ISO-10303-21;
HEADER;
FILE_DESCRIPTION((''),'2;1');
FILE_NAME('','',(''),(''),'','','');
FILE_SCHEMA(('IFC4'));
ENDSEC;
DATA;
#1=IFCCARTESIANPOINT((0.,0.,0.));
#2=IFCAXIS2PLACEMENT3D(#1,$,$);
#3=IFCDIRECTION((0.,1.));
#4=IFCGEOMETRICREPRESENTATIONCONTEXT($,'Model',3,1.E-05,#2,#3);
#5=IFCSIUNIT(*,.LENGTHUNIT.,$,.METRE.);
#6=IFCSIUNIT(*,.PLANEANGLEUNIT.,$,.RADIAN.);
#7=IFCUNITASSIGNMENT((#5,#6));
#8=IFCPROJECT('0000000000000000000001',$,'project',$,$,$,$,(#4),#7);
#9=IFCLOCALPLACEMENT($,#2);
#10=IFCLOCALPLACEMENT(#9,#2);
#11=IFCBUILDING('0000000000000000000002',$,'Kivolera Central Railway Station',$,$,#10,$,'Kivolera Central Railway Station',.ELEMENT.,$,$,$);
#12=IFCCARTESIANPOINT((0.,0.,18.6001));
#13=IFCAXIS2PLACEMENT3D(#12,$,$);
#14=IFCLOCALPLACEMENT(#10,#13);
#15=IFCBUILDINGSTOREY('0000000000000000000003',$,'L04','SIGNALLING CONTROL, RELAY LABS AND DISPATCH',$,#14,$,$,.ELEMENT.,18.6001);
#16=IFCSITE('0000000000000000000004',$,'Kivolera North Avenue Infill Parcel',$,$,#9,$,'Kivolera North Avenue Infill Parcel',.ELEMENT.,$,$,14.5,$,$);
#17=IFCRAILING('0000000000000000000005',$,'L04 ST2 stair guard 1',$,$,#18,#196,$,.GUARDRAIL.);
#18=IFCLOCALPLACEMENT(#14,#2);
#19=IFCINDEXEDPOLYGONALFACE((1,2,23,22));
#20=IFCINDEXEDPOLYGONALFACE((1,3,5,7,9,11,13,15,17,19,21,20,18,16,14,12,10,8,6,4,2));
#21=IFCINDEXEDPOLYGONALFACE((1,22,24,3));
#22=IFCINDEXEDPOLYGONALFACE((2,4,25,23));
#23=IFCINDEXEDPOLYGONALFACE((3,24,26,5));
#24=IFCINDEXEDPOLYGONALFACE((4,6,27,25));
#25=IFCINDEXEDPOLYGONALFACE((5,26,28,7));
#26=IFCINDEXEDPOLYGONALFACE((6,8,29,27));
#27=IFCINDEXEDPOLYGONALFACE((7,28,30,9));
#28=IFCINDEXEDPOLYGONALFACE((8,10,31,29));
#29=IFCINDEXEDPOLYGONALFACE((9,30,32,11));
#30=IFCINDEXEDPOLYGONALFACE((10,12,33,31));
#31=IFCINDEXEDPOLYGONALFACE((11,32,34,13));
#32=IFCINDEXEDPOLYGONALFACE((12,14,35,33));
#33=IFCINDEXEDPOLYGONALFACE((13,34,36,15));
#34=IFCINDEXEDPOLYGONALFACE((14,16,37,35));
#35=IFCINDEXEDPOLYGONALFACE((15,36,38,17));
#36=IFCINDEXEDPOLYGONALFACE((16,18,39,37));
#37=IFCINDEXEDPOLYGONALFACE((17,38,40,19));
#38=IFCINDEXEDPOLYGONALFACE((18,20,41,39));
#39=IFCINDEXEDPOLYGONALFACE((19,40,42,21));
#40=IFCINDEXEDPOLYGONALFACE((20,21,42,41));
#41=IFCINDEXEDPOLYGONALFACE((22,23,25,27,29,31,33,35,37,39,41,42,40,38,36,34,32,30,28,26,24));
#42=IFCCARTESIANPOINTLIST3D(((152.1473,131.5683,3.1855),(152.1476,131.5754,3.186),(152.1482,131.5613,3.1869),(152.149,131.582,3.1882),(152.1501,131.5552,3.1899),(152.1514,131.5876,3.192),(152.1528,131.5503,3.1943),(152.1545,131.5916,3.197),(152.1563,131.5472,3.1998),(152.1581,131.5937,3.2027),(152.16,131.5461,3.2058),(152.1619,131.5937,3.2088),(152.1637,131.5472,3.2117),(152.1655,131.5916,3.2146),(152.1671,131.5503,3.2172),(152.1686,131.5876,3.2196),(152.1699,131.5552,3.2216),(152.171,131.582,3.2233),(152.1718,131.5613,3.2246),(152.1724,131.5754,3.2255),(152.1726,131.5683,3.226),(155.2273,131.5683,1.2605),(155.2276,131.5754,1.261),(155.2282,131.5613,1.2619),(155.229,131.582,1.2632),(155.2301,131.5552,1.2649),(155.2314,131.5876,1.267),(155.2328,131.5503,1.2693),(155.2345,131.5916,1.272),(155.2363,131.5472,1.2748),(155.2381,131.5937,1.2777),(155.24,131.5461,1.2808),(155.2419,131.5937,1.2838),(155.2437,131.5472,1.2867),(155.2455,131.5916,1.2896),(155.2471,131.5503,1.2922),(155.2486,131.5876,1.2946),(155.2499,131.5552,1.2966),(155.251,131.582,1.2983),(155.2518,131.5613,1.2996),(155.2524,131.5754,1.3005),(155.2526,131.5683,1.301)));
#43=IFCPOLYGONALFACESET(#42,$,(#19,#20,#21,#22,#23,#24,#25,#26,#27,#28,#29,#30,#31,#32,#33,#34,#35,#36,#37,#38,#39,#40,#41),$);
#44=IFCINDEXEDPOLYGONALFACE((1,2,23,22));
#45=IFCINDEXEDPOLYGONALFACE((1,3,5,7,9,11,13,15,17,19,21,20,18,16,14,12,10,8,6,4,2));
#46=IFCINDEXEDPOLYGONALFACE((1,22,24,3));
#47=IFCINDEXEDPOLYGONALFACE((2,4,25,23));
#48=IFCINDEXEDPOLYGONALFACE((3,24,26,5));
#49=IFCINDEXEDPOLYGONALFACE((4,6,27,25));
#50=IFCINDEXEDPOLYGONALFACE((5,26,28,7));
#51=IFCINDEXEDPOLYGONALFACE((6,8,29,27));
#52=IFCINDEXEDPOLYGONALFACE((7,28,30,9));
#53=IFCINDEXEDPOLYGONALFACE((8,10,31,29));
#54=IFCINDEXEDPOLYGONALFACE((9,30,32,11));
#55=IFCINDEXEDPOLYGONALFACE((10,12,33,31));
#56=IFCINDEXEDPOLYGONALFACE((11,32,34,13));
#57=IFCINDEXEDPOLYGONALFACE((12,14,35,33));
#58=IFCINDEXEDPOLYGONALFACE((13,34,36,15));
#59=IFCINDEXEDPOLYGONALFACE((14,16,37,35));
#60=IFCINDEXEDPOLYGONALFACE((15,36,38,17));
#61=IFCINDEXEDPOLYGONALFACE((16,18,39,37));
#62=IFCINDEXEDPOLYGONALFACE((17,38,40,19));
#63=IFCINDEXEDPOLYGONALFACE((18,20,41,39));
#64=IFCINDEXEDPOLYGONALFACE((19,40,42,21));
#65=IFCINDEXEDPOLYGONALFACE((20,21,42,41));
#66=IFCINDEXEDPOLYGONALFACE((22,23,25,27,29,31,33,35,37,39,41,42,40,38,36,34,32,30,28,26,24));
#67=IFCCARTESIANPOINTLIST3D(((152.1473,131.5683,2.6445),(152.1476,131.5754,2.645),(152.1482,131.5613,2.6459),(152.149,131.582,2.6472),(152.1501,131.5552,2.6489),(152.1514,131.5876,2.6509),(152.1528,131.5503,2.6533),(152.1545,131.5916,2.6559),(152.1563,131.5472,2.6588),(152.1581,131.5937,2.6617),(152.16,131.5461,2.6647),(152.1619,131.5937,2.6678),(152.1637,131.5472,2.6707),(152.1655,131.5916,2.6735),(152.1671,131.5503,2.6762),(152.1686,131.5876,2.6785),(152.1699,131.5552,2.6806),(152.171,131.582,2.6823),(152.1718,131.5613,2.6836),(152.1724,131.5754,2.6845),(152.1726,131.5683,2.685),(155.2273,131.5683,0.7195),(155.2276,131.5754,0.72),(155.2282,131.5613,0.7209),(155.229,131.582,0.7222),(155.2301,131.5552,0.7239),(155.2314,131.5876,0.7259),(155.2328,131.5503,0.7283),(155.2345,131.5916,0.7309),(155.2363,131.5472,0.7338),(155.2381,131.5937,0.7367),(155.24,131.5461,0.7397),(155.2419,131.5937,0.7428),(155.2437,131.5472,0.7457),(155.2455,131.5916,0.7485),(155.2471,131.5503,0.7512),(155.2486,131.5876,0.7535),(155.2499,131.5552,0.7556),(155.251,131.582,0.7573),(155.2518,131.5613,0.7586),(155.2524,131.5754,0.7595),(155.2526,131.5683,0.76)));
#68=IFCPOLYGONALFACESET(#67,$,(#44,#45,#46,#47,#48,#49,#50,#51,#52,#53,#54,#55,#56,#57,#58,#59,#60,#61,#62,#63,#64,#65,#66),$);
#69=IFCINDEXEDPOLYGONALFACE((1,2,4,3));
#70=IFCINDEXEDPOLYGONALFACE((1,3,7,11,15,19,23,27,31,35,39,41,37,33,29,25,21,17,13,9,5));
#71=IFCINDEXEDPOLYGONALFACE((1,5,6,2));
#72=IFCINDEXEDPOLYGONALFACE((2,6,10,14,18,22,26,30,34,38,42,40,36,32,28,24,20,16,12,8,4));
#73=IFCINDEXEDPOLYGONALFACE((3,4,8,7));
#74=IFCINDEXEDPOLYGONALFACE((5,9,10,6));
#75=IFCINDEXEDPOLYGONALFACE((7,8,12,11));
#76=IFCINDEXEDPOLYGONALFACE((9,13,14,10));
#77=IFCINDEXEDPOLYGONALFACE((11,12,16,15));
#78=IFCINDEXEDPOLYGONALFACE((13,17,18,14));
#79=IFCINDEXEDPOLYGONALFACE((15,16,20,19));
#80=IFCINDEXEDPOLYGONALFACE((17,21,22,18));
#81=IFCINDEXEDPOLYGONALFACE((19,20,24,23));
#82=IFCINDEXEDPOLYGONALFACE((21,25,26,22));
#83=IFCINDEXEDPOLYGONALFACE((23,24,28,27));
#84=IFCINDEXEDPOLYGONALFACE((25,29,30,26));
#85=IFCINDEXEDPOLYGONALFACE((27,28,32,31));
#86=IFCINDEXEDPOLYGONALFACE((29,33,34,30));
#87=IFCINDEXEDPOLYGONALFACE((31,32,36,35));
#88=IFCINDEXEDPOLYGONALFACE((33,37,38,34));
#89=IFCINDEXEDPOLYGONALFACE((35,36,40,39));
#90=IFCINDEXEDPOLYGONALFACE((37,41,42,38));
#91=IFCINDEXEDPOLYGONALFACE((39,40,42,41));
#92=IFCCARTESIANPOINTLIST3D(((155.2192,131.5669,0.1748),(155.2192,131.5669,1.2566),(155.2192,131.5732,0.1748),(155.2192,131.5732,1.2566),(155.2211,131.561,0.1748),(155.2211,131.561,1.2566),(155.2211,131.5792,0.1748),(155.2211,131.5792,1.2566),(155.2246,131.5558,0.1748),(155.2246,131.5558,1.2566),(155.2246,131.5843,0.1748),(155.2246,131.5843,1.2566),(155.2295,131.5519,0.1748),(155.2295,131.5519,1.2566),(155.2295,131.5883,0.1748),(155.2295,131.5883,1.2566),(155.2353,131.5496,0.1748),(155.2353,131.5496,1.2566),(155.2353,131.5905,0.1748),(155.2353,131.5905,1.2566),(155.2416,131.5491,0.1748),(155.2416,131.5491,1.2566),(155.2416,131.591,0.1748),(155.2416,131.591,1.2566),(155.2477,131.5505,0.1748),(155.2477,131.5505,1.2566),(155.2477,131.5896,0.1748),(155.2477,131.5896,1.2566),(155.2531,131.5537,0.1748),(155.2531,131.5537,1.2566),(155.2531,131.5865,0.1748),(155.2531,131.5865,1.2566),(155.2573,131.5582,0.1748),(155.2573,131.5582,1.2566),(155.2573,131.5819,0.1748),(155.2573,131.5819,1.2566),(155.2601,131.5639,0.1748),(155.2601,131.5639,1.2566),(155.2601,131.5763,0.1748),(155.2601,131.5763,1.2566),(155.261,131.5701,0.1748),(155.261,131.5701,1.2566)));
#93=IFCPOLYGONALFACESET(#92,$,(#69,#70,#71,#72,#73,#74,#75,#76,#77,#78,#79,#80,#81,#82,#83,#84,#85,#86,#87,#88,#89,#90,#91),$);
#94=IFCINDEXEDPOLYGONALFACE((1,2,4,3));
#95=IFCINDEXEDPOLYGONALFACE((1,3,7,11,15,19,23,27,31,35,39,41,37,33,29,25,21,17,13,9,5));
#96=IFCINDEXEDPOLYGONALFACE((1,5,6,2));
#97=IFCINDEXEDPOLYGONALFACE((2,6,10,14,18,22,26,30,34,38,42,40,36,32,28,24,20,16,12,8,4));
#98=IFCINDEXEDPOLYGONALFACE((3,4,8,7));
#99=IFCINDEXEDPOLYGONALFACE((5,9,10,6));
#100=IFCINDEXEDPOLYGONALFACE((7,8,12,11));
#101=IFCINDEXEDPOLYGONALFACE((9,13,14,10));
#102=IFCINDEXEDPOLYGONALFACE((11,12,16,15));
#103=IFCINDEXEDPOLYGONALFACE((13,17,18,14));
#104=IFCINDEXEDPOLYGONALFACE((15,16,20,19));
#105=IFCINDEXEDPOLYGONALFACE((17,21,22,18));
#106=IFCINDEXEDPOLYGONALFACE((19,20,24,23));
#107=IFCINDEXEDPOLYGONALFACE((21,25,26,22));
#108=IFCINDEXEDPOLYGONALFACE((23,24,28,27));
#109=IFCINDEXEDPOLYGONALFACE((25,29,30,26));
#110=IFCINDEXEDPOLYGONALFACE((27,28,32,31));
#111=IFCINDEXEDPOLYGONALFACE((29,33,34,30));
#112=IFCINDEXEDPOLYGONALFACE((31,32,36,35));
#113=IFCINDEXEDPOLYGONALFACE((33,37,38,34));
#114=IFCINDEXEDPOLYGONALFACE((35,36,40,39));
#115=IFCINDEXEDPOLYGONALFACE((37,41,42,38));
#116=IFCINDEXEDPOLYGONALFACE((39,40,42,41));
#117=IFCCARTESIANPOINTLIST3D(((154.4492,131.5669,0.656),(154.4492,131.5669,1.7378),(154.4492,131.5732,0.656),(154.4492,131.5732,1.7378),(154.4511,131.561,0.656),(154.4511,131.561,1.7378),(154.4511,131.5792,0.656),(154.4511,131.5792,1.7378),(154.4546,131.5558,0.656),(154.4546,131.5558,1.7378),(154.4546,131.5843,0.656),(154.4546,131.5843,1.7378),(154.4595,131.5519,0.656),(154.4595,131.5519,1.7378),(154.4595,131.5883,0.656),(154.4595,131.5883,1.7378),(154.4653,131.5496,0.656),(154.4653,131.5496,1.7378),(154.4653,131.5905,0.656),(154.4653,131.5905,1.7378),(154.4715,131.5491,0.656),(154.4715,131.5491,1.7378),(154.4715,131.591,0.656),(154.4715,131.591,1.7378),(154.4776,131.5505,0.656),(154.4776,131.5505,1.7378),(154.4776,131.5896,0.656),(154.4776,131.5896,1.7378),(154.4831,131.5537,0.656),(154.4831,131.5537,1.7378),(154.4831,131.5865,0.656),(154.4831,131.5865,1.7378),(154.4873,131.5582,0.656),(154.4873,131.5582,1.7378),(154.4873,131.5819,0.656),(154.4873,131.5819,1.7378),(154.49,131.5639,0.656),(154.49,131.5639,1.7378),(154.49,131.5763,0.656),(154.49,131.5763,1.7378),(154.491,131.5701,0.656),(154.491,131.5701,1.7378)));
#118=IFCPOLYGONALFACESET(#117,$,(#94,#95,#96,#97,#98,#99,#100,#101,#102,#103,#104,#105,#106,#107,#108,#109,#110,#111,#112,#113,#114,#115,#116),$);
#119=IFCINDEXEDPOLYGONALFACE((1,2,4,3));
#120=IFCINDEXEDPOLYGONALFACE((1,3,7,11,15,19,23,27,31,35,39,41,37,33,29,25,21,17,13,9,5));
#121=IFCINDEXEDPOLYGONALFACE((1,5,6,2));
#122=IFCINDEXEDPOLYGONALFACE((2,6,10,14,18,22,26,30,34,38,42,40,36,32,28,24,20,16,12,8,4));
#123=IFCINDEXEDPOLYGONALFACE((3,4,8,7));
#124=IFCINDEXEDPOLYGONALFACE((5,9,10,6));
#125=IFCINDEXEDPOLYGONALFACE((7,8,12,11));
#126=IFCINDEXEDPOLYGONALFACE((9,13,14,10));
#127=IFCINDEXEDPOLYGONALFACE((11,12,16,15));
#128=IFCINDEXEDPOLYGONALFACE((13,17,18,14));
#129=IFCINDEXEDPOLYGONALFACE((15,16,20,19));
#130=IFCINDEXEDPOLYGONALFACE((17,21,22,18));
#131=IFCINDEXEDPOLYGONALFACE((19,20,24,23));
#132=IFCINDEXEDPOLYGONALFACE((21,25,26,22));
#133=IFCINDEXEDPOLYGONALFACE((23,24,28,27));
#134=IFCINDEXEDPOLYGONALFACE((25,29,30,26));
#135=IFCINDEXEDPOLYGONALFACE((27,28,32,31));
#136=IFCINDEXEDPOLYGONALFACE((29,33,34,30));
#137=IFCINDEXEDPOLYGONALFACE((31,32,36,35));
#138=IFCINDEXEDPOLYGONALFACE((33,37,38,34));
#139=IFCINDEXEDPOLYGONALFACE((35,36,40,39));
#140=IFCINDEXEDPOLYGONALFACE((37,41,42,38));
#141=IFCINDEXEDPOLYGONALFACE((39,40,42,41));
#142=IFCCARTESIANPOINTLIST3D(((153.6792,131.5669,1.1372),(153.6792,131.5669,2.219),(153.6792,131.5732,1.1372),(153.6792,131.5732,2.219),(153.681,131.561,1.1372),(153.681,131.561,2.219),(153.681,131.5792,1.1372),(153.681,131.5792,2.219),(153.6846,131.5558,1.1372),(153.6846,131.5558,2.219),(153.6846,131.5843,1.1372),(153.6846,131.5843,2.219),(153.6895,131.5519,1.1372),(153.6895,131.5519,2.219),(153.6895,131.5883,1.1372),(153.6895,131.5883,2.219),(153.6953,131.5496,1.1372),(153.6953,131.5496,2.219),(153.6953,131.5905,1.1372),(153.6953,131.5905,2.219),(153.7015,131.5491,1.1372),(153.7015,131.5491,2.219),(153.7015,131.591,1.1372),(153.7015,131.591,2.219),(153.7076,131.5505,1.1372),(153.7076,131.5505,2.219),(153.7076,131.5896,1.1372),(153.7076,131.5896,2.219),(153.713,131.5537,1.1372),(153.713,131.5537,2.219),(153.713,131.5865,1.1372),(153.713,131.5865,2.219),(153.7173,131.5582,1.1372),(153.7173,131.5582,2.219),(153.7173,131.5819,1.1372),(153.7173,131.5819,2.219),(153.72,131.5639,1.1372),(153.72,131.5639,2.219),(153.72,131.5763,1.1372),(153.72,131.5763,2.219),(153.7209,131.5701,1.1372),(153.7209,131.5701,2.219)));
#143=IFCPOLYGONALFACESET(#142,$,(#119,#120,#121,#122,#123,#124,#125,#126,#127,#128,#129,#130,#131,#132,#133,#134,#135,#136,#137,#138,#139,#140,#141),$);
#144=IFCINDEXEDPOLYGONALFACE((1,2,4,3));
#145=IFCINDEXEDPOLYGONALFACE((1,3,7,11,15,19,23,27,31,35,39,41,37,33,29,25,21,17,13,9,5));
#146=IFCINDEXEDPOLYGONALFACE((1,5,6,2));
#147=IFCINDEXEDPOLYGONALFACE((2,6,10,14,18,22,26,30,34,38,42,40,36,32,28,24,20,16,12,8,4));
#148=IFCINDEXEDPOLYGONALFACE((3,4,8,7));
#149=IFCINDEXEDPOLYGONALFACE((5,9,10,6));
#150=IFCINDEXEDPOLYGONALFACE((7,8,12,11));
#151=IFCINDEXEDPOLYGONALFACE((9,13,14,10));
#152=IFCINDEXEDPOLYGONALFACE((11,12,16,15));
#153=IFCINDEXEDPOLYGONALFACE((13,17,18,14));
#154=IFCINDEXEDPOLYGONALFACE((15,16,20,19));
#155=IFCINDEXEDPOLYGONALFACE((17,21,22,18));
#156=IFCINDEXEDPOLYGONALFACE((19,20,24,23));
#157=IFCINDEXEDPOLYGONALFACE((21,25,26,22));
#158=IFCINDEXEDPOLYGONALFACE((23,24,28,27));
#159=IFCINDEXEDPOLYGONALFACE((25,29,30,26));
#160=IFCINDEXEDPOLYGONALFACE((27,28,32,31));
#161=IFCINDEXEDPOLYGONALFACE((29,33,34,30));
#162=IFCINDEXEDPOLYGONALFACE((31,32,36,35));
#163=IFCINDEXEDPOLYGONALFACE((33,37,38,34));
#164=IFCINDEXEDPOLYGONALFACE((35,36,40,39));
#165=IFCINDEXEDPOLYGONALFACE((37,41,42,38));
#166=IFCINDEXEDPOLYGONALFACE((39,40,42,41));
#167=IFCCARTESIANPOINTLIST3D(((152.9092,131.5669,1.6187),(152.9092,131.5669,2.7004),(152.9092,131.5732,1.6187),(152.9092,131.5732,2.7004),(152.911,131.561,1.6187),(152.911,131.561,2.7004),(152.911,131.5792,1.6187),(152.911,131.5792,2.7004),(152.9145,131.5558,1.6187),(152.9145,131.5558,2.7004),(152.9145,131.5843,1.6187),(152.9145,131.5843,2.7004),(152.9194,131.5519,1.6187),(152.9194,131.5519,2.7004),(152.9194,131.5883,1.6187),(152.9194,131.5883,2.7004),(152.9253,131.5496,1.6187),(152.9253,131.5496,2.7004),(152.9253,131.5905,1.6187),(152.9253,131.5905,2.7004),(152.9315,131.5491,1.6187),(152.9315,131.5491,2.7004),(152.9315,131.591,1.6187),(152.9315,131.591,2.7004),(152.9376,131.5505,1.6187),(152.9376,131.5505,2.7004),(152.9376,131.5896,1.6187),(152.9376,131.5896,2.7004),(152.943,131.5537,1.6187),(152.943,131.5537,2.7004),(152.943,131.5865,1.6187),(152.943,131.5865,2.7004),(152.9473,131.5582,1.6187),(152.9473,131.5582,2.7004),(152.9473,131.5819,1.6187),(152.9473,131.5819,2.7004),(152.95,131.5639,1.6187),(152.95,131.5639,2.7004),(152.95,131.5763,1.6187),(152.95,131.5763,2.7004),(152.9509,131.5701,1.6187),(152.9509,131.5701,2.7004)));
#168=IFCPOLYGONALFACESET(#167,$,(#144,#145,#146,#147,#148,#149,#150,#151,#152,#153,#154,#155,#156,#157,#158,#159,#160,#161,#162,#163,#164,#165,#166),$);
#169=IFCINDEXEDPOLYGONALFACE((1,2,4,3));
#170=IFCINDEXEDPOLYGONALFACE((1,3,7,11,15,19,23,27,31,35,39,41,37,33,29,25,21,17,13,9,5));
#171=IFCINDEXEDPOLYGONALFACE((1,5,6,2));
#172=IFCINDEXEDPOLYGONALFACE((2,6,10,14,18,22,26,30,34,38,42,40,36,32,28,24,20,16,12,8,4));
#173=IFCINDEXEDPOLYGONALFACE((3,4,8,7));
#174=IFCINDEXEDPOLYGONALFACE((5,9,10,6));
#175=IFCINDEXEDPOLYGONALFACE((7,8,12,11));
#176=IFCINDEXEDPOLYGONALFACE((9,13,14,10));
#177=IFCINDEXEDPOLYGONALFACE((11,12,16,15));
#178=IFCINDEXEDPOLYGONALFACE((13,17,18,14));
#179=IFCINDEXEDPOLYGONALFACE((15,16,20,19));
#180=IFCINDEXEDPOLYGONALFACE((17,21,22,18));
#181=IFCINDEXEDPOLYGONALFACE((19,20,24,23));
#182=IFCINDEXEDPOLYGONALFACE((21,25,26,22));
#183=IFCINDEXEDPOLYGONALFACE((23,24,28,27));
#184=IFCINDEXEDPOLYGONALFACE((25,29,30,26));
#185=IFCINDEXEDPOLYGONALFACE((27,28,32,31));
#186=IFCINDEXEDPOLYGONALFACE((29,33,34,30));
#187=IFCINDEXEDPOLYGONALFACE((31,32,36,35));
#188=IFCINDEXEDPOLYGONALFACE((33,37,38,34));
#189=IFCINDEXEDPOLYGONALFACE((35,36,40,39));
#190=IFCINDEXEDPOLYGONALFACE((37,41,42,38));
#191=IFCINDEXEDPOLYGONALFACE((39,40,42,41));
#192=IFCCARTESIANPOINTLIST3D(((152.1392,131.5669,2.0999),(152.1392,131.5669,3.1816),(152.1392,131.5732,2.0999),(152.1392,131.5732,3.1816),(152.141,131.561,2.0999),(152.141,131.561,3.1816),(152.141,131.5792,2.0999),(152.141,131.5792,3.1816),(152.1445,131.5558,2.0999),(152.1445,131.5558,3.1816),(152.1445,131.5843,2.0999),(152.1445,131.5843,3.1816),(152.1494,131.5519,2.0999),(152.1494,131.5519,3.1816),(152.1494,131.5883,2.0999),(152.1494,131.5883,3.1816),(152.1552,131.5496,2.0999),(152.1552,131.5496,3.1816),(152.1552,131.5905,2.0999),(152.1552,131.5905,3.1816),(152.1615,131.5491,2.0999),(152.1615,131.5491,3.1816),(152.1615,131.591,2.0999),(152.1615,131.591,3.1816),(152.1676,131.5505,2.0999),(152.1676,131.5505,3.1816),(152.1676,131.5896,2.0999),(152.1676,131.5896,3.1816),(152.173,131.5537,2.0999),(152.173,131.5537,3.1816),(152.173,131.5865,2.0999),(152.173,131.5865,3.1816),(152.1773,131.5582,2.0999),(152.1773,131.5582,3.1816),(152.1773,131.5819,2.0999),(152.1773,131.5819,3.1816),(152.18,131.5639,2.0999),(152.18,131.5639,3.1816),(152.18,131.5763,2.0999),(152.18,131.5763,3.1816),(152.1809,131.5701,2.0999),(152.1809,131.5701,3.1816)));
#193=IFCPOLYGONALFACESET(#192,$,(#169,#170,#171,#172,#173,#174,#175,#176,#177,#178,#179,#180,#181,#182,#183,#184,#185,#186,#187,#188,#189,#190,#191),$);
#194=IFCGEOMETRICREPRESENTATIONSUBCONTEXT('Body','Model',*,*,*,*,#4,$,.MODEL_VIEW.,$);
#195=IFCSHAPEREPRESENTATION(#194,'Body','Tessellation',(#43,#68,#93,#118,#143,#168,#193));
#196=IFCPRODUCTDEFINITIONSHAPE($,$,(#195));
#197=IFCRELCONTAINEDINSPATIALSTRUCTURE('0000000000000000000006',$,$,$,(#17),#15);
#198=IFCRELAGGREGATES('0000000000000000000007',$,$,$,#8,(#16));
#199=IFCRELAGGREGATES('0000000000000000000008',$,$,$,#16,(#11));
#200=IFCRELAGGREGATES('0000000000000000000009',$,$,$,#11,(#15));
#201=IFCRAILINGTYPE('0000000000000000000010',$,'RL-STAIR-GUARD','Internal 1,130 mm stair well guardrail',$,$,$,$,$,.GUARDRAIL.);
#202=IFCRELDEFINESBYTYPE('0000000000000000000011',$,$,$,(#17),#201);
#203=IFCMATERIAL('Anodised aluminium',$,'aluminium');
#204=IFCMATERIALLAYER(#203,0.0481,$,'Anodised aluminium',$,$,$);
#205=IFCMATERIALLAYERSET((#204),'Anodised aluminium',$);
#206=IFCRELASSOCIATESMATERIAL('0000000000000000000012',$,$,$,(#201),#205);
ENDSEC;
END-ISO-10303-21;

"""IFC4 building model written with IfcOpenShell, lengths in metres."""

from ifc_helpers import new_model, si_unit, direction, frame, origin, origin_2d, place, context, subcontext, project, spatial, circle, extrude, material, layer, layer_set, type_object, element, save


model = new_model("IFC4")

# Units and contexts
model_context = context("Model", 3, precision=1e-05, world=origin(), true_north=direction((0.0, 1.0)))
body_context = subcontext(model_context, "Body", "Model", "MODEL_VIEW")
ifc_project = project(units=[si_unit("LENGTHUNIT", "METRE"), si_unit("PLANEANGLEUNIT", "RADIAN")], contexts=[model_context])

# Site, building, storey
site_placement = place(None, origin())
site = spatial("IfcSite", under=ifc_project, at=site_placement, Name="Kivolera North Avenue Infill Parcel", LongName="Kivolera North Avenue Infill Parcel", CompositionType="ELEMENT", RefElevation=14.5)
building_placement = place(site_placement, origin())
building = spatial("IfcBuilding", under=site, at=building_placement, Name="Kivolera Central Railway Station", LongName="Kivolera Central Railway Station", CompositionType="ELEMENT")
storey_placement = place(building_placement, frame((0.0, 0.0, 18.6001)))
storey = spatial("IfcBuildingStorey", under=building, at=storey_placement, Name="L04", Description="SIGNALLING CONTROL, RELAY LABS AND DISPATCH", CompositionType="ELEMENT", Elevation=18.6001)

# Shared definitions
ifc_material_1 = material(Name="Anodised aluminium", Category="aluminium")

# Railing
ifc_layer_1 = layer(ifc_material_1, 0.0481, Name="Anodised aluminium")
ifc_layer_set_1 = layer_set([ifc_layer_1], Name="Anodised aluminium")
railing_type_1 = type_object("IfcRailingType", Name="RL-STAIR-GUARD", Description="Internal 1,130 mm stair well guardrail", PredefinedType="GUARDRAIL", material=ifc_layer_set_1)
railing_1_placement = place(storey_placement, frame((155.24, 131.5701, 0.1748)))
element("IfcRailing", 1, at=railing_1_placement, inside=storey, type_object=railing_type_1, Name="L04 ST2 stair guard 1", PredefinedType="GUARDRAIL", context=body_context, shape_type="SweptSolid", body=[
    extrude(circle(Radius=0.0239, at=origin_2d()), frame((0.0, 0.0, 1.106), z_axis=(-0.847998, 0.0, 0.529999), x_axis=(0.0, -1.0, 0.0)), (0.0, 0.0, 1.0), 3.6321),
    extrude(circle(Radius=0.0239, at=origin_2d()), frame((0.0, 0.0, 0.5649), z_axis=(-0.847998, 0.0, 0.529999), x_axis=(0.0, -1.0, 0.0)), (0.0, 0.0, 1.0), 3.6321),
    extrude(circle(Radius=0.021, at=origin_2d()), origin(), (0.0, 0.0, 1.0), 1.0818),
    extrude(circle(Radius=0.021, at=origin_2d()), frame((-0.77, 0.0, 0.4812)), (0.0, 0.0, 1.0), 1.0818),
    extrude(circle(Radius=0.021, at=origin_2d()), frame((-1.54, 0.0, 0.9624)), (0.0, 0.0, 1.0), 1.0818),
    extrude(circle(Radius=0.021, at=origin_2d()), frame((-2.3101, 0.0, 1.4438)), (0.0, 0.0, 1.0), 1.0818),
    extrude(circle(Radius=0.021, at=origin_2d()), frame((-3.0801, 0.0, 1.925)), (0.0, 0.0, 1.0), 1.0818),
])

save(model, "model.ifc")
